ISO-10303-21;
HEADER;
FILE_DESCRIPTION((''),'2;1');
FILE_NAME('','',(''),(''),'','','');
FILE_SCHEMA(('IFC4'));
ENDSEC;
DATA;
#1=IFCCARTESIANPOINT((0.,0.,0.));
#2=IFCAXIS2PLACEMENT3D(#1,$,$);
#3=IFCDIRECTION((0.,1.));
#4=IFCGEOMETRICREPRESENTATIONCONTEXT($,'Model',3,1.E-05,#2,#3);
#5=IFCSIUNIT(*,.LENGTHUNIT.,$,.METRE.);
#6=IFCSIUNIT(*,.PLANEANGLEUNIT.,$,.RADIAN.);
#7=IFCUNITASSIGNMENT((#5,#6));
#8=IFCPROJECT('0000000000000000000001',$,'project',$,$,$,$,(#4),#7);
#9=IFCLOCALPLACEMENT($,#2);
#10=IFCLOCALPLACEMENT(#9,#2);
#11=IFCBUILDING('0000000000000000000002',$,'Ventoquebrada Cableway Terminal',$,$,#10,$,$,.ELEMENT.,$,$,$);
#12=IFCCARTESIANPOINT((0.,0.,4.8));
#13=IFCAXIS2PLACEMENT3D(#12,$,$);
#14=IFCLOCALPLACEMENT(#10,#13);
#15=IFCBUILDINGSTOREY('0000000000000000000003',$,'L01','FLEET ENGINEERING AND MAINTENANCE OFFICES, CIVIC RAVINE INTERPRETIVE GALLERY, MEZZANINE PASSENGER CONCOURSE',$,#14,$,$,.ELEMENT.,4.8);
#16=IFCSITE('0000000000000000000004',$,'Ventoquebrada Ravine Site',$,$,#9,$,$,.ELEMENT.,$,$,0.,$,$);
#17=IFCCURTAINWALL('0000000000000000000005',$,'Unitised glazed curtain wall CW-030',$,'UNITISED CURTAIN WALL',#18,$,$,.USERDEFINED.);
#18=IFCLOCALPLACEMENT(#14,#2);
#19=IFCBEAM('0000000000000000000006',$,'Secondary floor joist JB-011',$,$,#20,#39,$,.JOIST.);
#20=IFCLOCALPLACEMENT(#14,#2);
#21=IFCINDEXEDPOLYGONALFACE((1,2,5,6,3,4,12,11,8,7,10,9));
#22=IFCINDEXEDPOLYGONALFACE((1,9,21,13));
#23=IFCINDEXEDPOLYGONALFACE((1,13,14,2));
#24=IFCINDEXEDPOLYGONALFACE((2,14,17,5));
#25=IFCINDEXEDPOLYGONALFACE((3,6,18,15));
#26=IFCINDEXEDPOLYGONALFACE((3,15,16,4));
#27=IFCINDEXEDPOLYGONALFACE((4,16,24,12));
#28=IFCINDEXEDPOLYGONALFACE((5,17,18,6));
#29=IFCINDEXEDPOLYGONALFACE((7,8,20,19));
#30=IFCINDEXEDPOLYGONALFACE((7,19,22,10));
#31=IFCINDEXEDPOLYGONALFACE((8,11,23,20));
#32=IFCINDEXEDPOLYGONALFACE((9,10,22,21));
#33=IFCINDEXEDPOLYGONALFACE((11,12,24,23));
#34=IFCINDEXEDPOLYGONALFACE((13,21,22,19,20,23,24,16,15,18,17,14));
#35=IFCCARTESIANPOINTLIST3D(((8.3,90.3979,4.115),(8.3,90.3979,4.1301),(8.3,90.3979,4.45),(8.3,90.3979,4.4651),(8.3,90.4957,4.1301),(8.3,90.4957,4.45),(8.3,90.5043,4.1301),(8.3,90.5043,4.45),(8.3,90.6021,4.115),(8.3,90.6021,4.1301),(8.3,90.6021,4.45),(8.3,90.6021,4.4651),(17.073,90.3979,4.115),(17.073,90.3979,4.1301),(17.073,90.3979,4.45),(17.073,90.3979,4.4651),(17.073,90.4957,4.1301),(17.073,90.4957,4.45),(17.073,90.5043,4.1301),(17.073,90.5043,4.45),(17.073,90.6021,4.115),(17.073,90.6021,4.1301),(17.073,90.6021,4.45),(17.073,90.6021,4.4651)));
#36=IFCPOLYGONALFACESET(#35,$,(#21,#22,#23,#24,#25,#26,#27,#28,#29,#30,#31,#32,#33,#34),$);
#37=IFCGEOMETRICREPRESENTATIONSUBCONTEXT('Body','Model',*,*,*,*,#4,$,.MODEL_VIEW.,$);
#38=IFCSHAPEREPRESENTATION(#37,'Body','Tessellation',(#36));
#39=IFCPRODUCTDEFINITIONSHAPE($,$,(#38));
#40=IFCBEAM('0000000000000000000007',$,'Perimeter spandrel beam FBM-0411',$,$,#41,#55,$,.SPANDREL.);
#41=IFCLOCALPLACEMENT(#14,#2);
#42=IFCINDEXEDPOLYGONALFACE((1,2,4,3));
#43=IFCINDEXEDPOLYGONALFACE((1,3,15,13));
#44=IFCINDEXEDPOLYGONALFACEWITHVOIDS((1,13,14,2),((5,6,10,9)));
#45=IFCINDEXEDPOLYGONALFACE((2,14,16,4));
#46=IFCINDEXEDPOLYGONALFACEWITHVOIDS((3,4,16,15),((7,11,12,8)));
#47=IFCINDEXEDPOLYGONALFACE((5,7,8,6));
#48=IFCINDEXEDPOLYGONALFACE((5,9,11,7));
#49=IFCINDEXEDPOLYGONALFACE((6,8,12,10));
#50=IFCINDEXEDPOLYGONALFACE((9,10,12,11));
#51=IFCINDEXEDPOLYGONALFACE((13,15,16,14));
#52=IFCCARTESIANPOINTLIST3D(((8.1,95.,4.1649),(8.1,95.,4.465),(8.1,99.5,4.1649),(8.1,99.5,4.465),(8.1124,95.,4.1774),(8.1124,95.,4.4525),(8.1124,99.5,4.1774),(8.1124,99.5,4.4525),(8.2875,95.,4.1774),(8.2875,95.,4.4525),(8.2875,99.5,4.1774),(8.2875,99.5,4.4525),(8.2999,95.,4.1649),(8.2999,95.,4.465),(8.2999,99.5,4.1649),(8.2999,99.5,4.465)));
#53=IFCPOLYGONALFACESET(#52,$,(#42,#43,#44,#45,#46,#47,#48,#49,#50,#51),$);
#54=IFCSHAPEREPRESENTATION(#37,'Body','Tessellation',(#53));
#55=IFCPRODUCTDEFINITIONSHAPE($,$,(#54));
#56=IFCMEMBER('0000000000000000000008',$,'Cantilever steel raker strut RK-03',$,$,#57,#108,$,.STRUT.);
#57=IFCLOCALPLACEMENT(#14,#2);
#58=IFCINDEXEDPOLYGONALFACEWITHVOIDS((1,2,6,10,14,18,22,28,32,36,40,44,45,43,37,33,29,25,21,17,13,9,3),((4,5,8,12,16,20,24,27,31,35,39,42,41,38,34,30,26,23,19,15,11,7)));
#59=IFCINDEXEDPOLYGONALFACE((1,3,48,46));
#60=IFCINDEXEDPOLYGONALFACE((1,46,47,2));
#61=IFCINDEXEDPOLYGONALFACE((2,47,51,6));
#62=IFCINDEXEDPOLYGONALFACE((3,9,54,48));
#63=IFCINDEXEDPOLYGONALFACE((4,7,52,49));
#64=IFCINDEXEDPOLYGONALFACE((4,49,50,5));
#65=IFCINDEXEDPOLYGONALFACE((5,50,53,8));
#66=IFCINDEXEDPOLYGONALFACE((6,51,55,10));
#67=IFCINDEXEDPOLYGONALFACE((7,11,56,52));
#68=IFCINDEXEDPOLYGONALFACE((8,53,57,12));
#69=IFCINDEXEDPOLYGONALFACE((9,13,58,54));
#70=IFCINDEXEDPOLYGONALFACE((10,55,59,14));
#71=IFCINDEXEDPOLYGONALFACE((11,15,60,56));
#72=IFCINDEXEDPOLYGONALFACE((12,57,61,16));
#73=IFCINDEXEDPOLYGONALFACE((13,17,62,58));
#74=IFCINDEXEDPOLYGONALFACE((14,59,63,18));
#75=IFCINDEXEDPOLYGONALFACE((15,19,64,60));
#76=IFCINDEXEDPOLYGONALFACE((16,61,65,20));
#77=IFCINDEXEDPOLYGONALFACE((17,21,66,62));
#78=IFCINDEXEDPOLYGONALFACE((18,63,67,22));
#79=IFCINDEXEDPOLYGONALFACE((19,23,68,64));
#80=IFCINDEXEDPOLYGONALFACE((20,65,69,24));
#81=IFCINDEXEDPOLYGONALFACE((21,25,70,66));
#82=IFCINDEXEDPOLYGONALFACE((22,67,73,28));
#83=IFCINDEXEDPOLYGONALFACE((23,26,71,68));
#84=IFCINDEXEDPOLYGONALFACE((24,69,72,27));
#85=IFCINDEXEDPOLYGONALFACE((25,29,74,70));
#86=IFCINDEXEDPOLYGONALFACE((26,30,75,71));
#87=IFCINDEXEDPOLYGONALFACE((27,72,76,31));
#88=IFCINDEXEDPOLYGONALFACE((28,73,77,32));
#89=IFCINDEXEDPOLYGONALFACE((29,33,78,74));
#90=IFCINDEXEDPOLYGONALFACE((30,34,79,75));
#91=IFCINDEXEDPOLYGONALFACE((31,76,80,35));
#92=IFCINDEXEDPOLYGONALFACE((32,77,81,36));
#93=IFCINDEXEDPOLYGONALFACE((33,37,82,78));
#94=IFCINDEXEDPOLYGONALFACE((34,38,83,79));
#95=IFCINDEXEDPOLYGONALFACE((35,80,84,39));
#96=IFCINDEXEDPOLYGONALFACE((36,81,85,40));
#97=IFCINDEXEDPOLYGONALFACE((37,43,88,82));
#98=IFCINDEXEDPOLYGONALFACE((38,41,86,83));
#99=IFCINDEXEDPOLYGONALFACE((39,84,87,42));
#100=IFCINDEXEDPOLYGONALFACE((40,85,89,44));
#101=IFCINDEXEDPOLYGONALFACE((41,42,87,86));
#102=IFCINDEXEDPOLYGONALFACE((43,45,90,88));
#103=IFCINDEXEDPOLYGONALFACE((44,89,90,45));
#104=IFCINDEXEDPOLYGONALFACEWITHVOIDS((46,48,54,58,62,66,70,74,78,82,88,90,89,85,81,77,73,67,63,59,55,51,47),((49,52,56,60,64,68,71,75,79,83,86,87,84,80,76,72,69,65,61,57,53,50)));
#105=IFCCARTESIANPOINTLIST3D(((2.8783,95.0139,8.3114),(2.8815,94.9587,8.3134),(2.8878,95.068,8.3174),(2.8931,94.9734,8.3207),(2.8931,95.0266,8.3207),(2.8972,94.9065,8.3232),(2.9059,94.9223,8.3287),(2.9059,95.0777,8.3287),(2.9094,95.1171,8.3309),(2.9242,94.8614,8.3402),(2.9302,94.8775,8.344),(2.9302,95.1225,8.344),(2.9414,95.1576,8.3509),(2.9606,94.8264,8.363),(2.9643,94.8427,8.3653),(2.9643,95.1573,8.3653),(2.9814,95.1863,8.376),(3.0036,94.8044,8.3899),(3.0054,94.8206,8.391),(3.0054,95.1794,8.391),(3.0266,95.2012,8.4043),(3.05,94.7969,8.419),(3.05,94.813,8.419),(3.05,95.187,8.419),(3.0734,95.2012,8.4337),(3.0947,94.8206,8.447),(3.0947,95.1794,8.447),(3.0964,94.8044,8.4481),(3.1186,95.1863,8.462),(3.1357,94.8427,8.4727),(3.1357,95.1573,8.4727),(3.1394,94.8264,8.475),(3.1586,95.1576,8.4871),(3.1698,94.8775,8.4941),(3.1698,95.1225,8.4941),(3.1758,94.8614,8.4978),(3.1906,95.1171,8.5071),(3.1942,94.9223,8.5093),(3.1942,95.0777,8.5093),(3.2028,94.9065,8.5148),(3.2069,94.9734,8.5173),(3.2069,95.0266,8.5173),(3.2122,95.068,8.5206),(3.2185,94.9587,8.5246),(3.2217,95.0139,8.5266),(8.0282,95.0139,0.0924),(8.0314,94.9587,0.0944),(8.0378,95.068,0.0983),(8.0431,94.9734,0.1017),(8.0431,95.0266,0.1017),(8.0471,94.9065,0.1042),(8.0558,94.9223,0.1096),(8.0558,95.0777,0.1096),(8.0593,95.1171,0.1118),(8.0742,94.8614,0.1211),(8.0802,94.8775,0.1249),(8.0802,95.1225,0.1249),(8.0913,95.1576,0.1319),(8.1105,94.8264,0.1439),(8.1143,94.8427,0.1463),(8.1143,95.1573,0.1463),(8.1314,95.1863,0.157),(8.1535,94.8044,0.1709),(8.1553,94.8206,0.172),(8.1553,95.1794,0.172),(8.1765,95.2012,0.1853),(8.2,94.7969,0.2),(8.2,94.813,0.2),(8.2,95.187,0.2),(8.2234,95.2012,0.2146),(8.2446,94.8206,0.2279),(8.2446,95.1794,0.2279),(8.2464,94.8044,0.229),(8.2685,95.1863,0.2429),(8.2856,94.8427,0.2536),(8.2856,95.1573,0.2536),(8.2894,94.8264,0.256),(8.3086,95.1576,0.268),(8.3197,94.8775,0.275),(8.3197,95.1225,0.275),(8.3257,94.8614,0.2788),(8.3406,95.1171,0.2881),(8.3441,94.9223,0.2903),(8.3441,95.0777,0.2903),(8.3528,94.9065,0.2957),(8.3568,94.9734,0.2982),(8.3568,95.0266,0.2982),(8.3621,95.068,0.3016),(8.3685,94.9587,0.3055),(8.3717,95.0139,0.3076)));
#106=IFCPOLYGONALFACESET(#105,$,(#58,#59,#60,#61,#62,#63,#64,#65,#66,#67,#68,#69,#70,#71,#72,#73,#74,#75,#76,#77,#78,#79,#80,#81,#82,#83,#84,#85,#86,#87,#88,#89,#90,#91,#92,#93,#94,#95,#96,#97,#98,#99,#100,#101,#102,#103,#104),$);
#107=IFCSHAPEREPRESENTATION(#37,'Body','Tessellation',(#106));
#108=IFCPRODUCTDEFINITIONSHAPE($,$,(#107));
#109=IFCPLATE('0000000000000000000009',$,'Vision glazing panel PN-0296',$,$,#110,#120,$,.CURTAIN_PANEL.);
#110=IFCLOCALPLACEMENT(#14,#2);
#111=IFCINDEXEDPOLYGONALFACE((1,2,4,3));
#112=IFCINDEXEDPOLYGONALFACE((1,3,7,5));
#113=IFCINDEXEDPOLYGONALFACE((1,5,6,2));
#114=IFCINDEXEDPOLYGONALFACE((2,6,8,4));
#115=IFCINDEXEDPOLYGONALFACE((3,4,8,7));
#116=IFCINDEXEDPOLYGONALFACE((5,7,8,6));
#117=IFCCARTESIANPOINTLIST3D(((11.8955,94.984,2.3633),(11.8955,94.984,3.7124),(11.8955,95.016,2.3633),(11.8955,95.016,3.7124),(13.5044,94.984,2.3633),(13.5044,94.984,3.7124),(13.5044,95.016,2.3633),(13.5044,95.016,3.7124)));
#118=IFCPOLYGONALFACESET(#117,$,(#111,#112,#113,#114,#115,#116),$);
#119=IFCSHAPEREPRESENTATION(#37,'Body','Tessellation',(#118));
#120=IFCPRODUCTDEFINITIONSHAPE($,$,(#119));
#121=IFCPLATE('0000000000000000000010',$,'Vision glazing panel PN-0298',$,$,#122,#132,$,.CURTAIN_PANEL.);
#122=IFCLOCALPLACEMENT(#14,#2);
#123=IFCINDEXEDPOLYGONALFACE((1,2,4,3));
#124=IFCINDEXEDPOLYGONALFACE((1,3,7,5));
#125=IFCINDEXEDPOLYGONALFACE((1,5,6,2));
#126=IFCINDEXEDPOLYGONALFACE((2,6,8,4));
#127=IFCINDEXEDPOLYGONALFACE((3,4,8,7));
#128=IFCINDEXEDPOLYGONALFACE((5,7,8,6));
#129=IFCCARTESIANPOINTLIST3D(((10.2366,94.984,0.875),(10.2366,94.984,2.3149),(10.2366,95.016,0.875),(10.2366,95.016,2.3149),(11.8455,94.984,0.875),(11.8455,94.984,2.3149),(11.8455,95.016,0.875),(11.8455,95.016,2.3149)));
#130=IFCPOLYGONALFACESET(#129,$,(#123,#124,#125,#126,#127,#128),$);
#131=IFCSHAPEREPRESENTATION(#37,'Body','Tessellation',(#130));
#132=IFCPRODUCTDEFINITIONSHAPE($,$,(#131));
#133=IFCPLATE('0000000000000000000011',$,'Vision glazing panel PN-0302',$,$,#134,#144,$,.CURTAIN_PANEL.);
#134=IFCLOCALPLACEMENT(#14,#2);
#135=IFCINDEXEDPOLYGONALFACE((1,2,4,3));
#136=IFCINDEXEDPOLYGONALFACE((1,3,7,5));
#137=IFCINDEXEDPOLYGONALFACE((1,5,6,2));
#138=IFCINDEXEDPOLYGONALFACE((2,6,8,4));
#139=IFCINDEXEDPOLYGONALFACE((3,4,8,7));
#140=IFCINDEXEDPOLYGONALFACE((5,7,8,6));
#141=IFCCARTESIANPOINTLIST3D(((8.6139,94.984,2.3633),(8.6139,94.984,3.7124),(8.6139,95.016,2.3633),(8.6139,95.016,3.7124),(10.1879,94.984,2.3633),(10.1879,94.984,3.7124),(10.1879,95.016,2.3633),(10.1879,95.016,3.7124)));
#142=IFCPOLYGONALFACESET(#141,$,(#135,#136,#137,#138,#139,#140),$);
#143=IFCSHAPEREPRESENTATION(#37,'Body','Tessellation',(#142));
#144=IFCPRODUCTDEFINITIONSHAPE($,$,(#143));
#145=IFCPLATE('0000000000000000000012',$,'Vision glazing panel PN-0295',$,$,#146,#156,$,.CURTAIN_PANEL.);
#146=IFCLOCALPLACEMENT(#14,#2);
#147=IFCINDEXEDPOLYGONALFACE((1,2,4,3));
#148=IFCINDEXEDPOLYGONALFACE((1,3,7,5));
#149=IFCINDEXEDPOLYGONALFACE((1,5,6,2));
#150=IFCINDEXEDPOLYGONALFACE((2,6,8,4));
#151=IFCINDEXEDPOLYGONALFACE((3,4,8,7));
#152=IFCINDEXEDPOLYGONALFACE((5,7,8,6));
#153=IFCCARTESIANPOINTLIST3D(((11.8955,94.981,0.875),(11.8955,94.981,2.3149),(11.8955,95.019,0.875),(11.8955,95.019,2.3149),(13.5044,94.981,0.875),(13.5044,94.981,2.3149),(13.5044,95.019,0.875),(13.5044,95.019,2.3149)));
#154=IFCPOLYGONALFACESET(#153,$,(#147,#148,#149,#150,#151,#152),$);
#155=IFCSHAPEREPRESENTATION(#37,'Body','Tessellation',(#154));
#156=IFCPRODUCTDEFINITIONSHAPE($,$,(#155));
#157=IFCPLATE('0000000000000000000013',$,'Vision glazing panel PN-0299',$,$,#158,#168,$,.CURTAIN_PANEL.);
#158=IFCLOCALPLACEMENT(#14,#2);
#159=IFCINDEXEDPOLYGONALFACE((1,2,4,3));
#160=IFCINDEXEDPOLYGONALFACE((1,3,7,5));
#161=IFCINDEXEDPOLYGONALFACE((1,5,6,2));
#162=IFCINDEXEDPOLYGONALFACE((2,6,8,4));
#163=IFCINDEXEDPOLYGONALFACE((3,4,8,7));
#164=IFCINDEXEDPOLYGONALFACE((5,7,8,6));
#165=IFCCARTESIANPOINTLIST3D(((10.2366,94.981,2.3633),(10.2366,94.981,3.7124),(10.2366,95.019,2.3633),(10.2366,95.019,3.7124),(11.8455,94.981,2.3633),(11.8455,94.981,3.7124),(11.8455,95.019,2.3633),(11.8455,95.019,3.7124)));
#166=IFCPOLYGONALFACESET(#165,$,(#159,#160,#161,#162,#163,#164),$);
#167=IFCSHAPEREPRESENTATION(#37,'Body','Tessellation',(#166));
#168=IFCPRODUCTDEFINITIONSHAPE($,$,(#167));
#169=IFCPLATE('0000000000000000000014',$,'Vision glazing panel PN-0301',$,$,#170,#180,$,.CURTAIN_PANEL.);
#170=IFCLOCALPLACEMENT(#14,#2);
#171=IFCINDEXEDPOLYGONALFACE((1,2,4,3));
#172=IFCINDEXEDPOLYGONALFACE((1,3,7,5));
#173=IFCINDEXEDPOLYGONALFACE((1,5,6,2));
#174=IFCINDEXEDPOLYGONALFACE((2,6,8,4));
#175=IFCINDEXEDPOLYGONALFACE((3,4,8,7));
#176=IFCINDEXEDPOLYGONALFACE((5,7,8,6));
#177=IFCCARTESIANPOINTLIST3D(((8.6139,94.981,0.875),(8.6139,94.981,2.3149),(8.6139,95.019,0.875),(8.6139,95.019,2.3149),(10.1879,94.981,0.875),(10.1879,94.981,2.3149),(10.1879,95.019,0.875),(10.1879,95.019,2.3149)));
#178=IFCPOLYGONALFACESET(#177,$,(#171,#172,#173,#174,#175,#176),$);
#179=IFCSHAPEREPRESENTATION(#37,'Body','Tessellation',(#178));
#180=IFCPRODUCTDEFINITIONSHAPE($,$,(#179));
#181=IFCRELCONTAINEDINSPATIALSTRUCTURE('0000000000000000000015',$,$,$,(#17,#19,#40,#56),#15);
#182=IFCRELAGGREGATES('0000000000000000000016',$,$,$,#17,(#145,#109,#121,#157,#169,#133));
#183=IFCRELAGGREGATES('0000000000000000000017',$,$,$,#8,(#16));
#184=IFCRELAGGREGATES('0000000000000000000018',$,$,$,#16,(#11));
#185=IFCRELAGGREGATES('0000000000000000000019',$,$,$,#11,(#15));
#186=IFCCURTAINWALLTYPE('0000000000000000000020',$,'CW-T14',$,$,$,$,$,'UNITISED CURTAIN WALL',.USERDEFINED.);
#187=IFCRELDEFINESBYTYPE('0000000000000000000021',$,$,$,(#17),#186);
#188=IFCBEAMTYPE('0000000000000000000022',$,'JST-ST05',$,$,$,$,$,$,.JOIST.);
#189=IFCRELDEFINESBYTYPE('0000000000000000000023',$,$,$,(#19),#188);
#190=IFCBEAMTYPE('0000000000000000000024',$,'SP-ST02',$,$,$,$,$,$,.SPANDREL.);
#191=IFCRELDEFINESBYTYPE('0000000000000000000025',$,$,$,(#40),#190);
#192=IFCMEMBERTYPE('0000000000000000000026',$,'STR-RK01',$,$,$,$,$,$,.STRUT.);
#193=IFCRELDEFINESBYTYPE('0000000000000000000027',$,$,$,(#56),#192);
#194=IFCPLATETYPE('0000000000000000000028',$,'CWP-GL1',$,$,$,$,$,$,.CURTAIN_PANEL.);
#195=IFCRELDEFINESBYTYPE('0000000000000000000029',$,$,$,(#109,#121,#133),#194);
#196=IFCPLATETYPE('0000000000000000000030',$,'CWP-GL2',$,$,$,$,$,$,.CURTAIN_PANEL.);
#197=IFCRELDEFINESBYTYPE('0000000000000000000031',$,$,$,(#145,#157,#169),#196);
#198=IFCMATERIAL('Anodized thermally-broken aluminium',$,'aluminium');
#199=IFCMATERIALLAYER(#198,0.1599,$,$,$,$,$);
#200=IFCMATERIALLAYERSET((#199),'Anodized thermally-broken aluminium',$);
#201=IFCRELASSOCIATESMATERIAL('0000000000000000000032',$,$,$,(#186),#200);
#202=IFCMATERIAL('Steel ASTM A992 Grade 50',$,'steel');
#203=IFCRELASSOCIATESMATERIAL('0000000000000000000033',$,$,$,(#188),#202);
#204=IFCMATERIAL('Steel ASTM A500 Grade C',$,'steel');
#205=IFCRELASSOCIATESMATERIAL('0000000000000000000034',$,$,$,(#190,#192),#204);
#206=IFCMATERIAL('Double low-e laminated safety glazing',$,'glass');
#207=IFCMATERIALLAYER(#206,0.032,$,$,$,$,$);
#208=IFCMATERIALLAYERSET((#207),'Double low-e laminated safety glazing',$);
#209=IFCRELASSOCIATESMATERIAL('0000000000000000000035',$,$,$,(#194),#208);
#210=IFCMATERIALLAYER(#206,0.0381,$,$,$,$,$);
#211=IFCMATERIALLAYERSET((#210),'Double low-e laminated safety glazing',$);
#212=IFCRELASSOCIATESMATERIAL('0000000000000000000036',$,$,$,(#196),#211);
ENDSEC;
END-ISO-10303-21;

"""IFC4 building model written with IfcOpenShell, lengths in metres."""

from ifc_helpers import new_model, si_unit, direction, frame, origin, origin_2d, place, context, subcontext, project, spatial, rectangle, hollow_rectangle, hollow_circle, i_section, extrude, material, layer, layer_set, material_profile, profile_set, type_object, element, aggregate, save


model = new_model("IFC4")

# Units and contexts
model_context = context("Model", 3, precision=1e-05, world=origin(), true_north=direction((0.0, 1.0)))
body_context = subcontext(model_context, "Body", "Model", "MODEL_VIEW")
ifc_project = project(units=[si_unit("LENGTHUNIT", "METRE"), si_unit("PLANEANGLEUNIT", "RADIAN")], contexts=[model_context])

# Site, building, storey
site_placement = place(None, origin())
site = spatial("IfcSite", under=ifc_project, at=site_placement, Name="Ventoquebrada Ravine Site", CompositionType="ELEMENT", RefElevation=0.0)
building_placement = place(site_placement, origin())
building = spatial("IfcBuilding", under=site, at=building_placement, Name="Ventoquebrada Cableway Terminal", CompositionType="ELEMENT")
storey_placement = place(building_placement, frame((0.0, 0.0, 4.8)))
storey = spatial("IfcBuildingStorey", under=building, at=storey_placement, Name="L01", Description="FLEET ENGINEERING AND MAINTENANCE OFFICES, CIVIC RAVINE INTERPRETIVE GALLERY, MEZZANINE PASSENGER CONCOURSE", CompositionType="ELEMENT", Elevation=4.8)

# Shared definitions
ifc_material_1 = material(Name="Steel ASTM A992 Grade 50", Category="steel")

# Curtain wall
ifc_material_2 = material(Name="Anodized thermally-broken aluminium", Category="aluminium")
ifc_layer_1 = layer(ifc_material_2, 0.1599)
ifc_layer_set_1 = layer_set([ifc_layer_1], Name="Anodized thermally-broken aluminium")
curtain_wall_type_1 = type_object("IfcCurtainWallType", Name="CW-T14", ElementType="UNITISED CURTAIN WALL", PredefinedType="USERDEFINED", material=ifc_layer_set_1)
curtain_wall_1_placement = place(storey_placement, origin())
curtain_wall_1 = element("IfcCurtainWall", 1, at=curtain_wall_1_placement, inside=storey, type_object=curtain_wall_type_1, Name="Unitised glazed curtain wall CW-030", ObjectType="UNITISED CURTAIN WALL", PredefinedType="USERDEFINED")

# Beams
ifc_material_profile_1 = material_profile(ifc_material_1, i_section(OverallWidth=0.2041, OverallDepth=0.3501, WebThickness=0.0085, FlangeThickness=0.0151, at=origin_2d()), Name="W14X48")
ifc_profile_set_1 = profile_set([ifc_material_profile_1], Name="Steel ASTM A992 Grade 50")
beam_type_1 = type_object("IfcBeamType", Name="JST-ST05", PredefinedType="JOIST", material=ifc_profile_set_1)
beam_1_placement = place(storey_placement, frame((8.3, 90.5, 4.29), z_axis=(1.0, 0.0, 0.0), x_axis=(0.0, 1.0, 0.0)))
element("IfcBeam", 2, at=beam_1_placement, inside=storey, type_object=beam_type_1, Name="Secondary floor joist JB-011", PredefinedType="JOIST", context=body_context, shape_type="SweptSolid", body=[
    extrude(i_section(OverallWidth=0.2041, OverallDepth=0.3501, WebThickness=0.0085, FlangeThickness=0.0151, at=origin_2d()), origin(), (0.0, 0.0, 1.0), 8.7729),
])
ifc_material_3 = material(Name="Steel ASTM A500 Grade C", Category="steel")
ifc_material_profile_2 = material_profile(ifc_material_3, hollow_rectangle(XDim=0.2, YDim=0.3, WallThickness=0.0125, at=origin_2d()), Name="RHS300X200X12.5")
ifc_profile_set_2 = profile_set([ifc_material_profile_2], Name="Steel ASTM A500 Grade C")
beam_type_2 = type_object("IfcBeamType", Name="SP-ST02", PredefinedType="SPANDREL", material=ifc_profile_set_2)
beam_2_placement = place(storey_placement, frame((8.2, 95.0, 4.3149), z_axis=(0.0, 1.0, 0.0), x_axis=(-1.0, 0.0, 0.0)))
element("IfcBeam", 3, at=beam_2_placement, inside=storey, type_object=beam_type_2, Name="Perimeter spandrel beam FBM-0411", PredefinedType="SPANDREL", context=body_context, shape_type="SweptSolid", body=[
    extrude(hollow_rectangle(XDim=0.2, YDim=0.3, WallThickness=0.0125, at=origin_2d()), origin(), (0.0, 0.0, 1.0), 4.5),
])

# Member
ifc_material_profile_3 = material_profile(ifc_material_3, hollow_circle(Radius=0.2031, WallThickness=0.0161, at=origin_2d()), Name="CHS406.4X16")
ifc_profile_set_3 = profile_set([ifc_material_profile_3], Name="Steel ASTM A500 Grade C")
member_type_1 = type_object("IfcMemberType", Name="STR-RK01", PredefinedType="STRUT", material=ifc_profile_set_3)
member_1_placement = place(storey_placement, frame((8.2, 95.0, 0.2), z_axis=(-0.530965, 0.0, 0.847394), x_axis=(0.0, -1.0, 0.0)))
element("IfcMember", 4, at=member_1_placement, inside=storey, type_object=member_type_1, Name="Cantilever steel raker strut RK-03", PredefinedType="STRUT", context=body_context, shape_type="SweptSolid", body=[
    extrude(hollow_circle(Radius=0.2031, WallThickness=0.0161, at=origin_2d()), origin(), (0.0, 0.0, 1.0), 9.6992),
])

# Plates
ifc_material_4 = material(Name="Double low-e laminated safety glazing", Category="glass")
ifc_layer_2 = layer(ifc_material_4, 0.032)
ifc_layer_set_2 = layer_set([ifc_layer_2], Name="Double low-e laminated safety glazing")
plate_type_1 = type_object("IfcPlateType", Name="CWP-GL1", PredefinedType="CURTAIN_PANEL", material=ifc_layer_set_2)
plate_1_placement = place(storey_placement, frame((12.7, 95.0, 2.3633), z_axis=(0.0, 0.0, 1.0), x_axis=(-1.0, 0.0, 0.0)))
plate_1 = element("IfcPlate", 5, at=plate_1_placement, type_object=plate_type_1, Name="Vision glazing panel PN-0296", PredefinedType="CURTAIN_PANEL", context=body_context, shape_type="SweptSolid", body=[
    extrude(rectangle(XDim=1.6089, YDim=0.032, at=origin_2d()), origin(), (0.0, 0.0, 1.0), 1.3491),
])
plate_2_placement = place(storey_placement, frame((11.041, 95.0, 0.875), z_axis=(0.0, 0.0, 1.0), x_axis=(-1.0, 0.0, 0.0)))
plate_2 = element("IfcPlate", 6, at=plate_2_placement, type_object=plate_type_1, Name="Vision glazing panel PN-0298", PredefinedType="CURTAIN_PANEL", context=body_context, shape_type="SweptSolid", body=[
    extrude(rectangle(XDim=1.6089, YDim=0.032, at=origin_2d()), origin(), (0.0, 0.0, 1.0), 1.4399),
])
plate_3_placement = place(storey_placement, frame((9.4009, 95.0, 2.3633), z_axis=(0.0, 0.0, 1.0), x_axis=(-1.0, 0.0, 0.0)))
plate_3 = element("IfcPlate", 7, at=plate_3_placement, type_object=plate_type_1, Name="Vision glazing panel PN-0302", PredefinedType="CURTAIN_PANEL", context=body_context, shape_type="SweptSolid", body=[
    extrude(rectangle(XDim=1.574, YDim=0.032, at=origin_2d()), origin(), (0.0, 0.0, 1.0), 1.3491),
])
ifc_layer_3 = layer(ifc_material_4, 0.0381)
ifc_layer_set_3 = layer_set([ifc_layer_3], Name="Double low-e laminated safety glazing")
plate_type_2 = type_object("IfcPlateType", Name="CWP-GL2", PredefinedType="CURTAIN_PANEL", material=ifc_layer_set_3)
plate_4_placement = place(storey_placement, frame((12.7, 95.0, 0.875), z_axis=(0.0, 0.0, 1.0), x_axis=(-1.0, 0.0, 0.0)))
plate_4 = element("IfcPlate", 8, at=plate_4_placement, type_object=plate_type_2, Name="Vision glazing panel PN-0295", PredefinedType="CURTAIN_PANEL", context=body_context, shape_type="SweptSolid", body=[
    extrude(rectangle(XDim=1.6089, YDim=0.0381, at=origin_2d()), origin(), (0.0, 0.0, 1.0), 1.4399),
])
plate_5_placement = place(storey_placement, frame((11.041, 95.0, 2.3633), z_axis=(0.0, 0.0, 1.0), x_axis=(-1.0, 0.0, 0.0)))
plate_5 = element("IfcPlate", 9, at=plate_5_placement, type_object=plate_type_2, Name="Vision glazing panel PN-0299", PredefinedType="CURTAIN_PANEL", context=body_context, shape_type="SweptSolid", body=[
    extrude(rectangle(XDim=1.6089, YDim=0.0381, at=origin_2d()), origin(), (0.0, 0.0, 1.0), 1.3491),
])
plate_6_placement = place(storey_placement, frame((9.4009, 95.0, 0.875), z_axis=(0.0, 0.0, 1.0), x_axis=(-1.0, 0.0, 0.0)))
plate_6 = element("IfcPlate", 10, at=plate_6_placement, type_object=plate_type_2, Name="Vision glazing panel PN-0301", PredefinedType="CURTAIN_PANEL", context=body_context, shape_type="SweptSolid", body=[
    extrude(rectangle(XDim=1.574, YDim=0.0381, at=origin_2d()), origin(), (0.0, 0.0, 1.0), 1.4399),
])
aggregate(curtain_wall_1, [plate_4, plate_1, plate_2, plate_5, plate_6, plate_3])

save(model, "model.ifc")
